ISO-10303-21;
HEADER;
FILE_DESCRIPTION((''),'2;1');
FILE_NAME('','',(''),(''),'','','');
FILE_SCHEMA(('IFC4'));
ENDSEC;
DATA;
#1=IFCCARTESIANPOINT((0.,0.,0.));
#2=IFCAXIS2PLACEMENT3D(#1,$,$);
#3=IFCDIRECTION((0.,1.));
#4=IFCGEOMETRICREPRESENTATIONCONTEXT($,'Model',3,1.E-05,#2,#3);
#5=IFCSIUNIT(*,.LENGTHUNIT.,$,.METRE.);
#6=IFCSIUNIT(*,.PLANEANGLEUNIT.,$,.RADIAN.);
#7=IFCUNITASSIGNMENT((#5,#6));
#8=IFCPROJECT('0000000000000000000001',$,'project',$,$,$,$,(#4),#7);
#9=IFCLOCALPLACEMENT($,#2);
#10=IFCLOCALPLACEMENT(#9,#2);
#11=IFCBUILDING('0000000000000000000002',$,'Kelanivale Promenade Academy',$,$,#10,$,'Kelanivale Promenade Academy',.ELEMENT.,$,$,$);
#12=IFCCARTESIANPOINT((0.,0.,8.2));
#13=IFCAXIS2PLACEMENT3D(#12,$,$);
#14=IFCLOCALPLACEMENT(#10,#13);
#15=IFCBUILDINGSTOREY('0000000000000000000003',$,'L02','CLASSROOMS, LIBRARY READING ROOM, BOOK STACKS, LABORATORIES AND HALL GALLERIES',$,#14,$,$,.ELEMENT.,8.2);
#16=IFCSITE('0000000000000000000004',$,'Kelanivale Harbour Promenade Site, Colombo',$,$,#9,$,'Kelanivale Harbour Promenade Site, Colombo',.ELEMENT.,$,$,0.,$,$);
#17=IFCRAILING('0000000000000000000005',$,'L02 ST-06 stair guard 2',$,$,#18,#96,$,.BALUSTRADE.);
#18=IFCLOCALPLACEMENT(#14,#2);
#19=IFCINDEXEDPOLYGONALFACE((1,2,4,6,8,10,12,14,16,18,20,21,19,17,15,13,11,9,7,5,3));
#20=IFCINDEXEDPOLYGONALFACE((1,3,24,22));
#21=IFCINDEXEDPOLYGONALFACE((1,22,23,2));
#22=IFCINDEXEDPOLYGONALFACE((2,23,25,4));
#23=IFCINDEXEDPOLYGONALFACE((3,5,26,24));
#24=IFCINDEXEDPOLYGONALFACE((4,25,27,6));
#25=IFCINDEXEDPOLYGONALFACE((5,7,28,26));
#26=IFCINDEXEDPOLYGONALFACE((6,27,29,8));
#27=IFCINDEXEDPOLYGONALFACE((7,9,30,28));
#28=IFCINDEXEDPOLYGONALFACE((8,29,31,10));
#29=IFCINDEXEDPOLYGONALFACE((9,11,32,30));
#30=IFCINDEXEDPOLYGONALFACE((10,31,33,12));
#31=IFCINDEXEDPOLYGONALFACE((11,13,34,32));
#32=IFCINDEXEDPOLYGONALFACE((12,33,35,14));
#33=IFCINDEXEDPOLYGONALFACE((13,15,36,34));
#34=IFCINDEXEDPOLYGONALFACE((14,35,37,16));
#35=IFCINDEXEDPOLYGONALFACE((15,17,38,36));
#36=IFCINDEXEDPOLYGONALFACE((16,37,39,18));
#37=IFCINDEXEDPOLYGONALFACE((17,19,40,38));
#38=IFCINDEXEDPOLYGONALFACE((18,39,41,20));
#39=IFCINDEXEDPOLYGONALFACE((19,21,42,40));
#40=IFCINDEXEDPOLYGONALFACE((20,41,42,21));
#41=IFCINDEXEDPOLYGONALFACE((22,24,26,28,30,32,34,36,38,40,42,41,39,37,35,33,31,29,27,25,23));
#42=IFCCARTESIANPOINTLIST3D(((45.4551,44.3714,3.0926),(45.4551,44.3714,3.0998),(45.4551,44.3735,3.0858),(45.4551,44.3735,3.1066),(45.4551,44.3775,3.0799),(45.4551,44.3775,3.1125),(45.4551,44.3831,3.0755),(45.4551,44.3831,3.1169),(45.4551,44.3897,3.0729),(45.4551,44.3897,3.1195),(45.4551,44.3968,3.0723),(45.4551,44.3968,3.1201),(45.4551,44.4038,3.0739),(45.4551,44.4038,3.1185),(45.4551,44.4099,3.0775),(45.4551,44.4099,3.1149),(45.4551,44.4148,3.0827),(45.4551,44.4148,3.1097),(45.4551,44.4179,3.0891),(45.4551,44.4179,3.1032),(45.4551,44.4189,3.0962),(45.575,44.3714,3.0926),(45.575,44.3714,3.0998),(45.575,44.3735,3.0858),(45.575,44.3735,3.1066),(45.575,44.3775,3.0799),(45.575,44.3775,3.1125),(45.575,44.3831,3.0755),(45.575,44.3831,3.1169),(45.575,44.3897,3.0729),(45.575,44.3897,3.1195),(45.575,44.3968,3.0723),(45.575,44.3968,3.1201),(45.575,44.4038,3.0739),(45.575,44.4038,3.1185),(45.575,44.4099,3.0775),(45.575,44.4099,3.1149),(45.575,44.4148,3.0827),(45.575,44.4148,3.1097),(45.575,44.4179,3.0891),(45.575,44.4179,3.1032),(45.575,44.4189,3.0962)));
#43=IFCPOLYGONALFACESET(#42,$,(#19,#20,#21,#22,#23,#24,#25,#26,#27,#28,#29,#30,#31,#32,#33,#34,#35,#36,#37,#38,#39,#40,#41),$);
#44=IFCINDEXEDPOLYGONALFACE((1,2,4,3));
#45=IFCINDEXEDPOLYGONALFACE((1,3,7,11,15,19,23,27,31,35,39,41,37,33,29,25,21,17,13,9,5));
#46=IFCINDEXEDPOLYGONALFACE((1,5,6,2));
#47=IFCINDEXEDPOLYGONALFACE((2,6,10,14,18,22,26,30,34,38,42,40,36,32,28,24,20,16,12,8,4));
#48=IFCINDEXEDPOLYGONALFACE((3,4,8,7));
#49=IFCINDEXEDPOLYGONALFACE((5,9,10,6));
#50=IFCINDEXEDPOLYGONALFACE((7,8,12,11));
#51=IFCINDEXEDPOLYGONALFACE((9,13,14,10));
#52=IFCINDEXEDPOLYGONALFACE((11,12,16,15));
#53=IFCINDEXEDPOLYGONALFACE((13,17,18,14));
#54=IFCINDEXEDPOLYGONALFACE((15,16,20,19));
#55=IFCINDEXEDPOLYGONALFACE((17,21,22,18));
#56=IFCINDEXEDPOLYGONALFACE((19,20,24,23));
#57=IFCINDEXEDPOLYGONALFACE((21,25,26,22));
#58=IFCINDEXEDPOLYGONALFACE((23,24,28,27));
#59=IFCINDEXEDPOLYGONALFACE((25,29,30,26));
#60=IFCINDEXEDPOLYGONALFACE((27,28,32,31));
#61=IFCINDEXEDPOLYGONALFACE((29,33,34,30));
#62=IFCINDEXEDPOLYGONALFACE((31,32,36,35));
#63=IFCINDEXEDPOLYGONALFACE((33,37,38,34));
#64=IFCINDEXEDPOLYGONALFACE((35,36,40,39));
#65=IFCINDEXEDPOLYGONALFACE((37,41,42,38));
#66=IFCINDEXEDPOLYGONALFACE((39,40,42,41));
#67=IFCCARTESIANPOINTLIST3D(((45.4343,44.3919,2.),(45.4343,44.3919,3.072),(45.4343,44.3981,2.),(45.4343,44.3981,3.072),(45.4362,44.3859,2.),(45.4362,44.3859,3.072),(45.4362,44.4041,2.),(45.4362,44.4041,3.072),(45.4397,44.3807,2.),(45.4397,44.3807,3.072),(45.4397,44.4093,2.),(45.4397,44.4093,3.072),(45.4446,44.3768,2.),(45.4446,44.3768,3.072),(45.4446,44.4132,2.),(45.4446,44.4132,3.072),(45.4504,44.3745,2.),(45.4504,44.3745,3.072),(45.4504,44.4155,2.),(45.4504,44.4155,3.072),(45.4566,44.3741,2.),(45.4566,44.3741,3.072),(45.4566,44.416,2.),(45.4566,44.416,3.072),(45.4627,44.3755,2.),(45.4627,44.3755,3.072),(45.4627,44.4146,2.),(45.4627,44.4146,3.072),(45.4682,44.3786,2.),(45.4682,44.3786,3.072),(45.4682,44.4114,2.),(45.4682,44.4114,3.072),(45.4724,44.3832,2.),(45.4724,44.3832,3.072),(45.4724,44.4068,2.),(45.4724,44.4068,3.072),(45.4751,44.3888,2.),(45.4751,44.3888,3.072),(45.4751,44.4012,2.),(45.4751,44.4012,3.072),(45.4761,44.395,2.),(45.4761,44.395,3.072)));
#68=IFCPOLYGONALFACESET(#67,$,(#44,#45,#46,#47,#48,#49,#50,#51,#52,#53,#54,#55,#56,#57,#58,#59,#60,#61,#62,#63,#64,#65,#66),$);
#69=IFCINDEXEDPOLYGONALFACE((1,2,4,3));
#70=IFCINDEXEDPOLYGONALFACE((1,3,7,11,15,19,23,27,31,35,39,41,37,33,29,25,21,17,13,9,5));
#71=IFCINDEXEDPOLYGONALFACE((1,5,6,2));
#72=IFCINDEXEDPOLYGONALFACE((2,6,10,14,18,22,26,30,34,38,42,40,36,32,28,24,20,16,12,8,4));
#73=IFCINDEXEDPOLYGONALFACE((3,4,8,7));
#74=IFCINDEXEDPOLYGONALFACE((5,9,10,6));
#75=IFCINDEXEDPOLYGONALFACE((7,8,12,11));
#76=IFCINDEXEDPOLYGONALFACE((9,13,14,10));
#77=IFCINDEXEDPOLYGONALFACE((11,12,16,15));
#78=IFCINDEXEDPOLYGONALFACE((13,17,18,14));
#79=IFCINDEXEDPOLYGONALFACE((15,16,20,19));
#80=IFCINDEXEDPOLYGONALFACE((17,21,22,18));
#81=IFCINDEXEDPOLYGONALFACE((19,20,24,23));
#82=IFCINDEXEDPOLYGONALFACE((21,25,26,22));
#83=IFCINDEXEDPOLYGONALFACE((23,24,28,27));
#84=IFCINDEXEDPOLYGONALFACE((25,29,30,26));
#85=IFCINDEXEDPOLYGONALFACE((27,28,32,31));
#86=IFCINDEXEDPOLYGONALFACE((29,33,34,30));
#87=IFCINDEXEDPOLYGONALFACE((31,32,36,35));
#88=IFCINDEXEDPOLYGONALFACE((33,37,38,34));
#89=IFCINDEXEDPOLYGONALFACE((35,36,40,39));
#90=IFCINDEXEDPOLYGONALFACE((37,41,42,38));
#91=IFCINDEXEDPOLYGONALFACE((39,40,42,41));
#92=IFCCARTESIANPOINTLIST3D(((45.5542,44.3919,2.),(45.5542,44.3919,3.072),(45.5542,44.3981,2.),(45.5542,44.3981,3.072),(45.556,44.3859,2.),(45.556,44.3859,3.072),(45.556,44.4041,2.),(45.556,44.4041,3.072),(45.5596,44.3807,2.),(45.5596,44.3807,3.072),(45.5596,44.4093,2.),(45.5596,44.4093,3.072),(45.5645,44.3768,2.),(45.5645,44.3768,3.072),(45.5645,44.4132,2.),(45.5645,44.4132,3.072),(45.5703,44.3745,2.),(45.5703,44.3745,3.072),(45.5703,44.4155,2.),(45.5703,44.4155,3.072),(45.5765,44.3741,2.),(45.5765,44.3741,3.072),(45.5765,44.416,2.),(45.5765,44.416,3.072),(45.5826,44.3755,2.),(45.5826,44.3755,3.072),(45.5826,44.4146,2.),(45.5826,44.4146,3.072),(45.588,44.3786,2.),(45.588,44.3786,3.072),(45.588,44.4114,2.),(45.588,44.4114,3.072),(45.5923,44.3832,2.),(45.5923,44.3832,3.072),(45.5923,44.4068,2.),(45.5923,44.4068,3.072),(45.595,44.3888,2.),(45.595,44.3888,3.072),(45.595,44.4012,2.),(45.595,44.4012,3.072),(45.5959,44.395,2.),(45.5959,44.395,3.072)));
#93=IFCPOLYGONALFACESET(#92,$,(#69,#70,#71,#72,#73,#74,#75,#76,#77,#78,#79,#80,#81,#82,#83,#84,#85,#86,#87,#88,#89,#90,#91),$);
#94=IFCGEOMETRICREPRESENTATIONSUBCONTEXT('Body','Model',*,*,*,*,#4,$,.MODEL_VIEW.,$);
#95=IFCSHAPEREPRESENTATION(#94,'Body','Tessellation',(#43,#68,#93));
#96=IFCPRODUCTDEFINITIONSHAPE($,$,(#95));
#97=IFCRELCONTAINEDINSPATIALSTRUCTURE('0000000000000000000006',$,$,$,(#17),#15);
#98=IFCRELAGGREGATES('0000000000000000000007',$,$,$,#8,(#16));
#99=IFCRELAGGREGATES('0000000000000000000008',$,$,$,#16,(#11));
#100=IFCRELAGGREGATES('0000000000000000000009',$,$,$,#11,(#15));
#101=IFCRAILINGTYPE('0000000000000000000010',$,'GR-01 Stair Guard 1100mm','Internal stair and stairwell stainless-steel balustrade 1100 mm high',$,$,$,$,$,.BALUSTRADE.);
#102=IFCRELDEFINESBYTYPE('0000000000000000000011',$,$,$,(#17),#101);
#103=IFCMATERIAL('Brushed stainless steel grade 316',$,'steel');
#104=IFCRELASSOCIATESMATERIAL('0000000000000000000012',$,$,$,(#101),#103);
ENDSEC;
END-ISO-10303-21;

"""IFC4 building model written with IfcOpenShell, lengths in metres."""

from ifc_helpers import new_model, si_unit, direction, frame, origin, origin_2d, place, context, subcontext, project, spatial, circle, extrude, material, type_object, element, save


model = new_model("IFC4")

# Units and contexts
model_context = context("Model", 3, precision=1e-05, world=origin(), true_north=direction((0.0, 1.0)))
body_context = subcontext(model_context, "Body", "Model", "MODEL_VIEW")
ifc_project = project(units=[si_unit("LENGTHUNIT", "METRE"), si_unit("PLANEANGLEUNIT", "RADIAN")], contexts=[model_context])

# Site, building, storey
site_placement = place(None, origin())
site = spatial("IfcSite", under=ifc_project, at=site_placement, Name="Kelanivale Harbour Promenade Site, Colombo", LongName="Kelanivale Harbour Promenade Site, Colombo", CompositionType="ELEMENT", RefElevation=0.0)
building_placement = place(site_placement, origin())
building = spatial("IfcBuilding", under=site, at=building_placement, Name="Kelanivale Promenade Academy", LongName="Kelanivale Promenade Academy", CompositionType="ELEMENT")
storey_placement = place(building_placement, frame((0.0, 0.0, 8.2)))
storey = spatial("IfcBuildingStorey", under=building, at=storey_placement, Name="L02", Description="CLASSROOMS, LIBRARY READING ROOM, BOOK STACKS, LABORATORIES AND HALL GALLERIES", CompositionType="ELEMENT", Elevation=8.2)

# Railing
ifc_material_1 = material(Name="Brushed stainless steel grade 316", Category="steel")
railing_type_1 = type_object("IfcRailingType", Name="GR-01 Stair Guard 1100mm", Description="Internal stair and stairwell stainless-steel balustrade 1100 mm high", PredefinedType="BALUSTRADE", material=ifc_material_1)
railing_1_placement = place(storey_placement, frame((45.4551, 44.395, 2.0)))
element("IfcRailing", 1, at=railing_1_placement, inside=storey, type_object=railing_type_1, Name="L02 ST-06 stair guard 2", PredefinedType="BALUSTRADE", context=body_context, shape_type="SweptSolid", body=[
    extrude(circle(Radius=0.0239, at=origin_2d()), frame((0.0, 0.0, 1.0962), z_axis=(1.0, 0.0, 0.0), x_axis=(0.0, 1.0, 0.0)), (0.0, 0.0, 1.0), 0.1199),
    extrude(circle(Radius=0.021, at=origin_2d()), origin(), (0.0, 0.0, 1.0), 1.072),
    extrude(circle(Radius=0.021, at=origin_2d()), frame((0.1199, 0.0, 0.0)), (0.0, 0.0, 1.0), 1.072),
])

save(model, "model.ifc")
